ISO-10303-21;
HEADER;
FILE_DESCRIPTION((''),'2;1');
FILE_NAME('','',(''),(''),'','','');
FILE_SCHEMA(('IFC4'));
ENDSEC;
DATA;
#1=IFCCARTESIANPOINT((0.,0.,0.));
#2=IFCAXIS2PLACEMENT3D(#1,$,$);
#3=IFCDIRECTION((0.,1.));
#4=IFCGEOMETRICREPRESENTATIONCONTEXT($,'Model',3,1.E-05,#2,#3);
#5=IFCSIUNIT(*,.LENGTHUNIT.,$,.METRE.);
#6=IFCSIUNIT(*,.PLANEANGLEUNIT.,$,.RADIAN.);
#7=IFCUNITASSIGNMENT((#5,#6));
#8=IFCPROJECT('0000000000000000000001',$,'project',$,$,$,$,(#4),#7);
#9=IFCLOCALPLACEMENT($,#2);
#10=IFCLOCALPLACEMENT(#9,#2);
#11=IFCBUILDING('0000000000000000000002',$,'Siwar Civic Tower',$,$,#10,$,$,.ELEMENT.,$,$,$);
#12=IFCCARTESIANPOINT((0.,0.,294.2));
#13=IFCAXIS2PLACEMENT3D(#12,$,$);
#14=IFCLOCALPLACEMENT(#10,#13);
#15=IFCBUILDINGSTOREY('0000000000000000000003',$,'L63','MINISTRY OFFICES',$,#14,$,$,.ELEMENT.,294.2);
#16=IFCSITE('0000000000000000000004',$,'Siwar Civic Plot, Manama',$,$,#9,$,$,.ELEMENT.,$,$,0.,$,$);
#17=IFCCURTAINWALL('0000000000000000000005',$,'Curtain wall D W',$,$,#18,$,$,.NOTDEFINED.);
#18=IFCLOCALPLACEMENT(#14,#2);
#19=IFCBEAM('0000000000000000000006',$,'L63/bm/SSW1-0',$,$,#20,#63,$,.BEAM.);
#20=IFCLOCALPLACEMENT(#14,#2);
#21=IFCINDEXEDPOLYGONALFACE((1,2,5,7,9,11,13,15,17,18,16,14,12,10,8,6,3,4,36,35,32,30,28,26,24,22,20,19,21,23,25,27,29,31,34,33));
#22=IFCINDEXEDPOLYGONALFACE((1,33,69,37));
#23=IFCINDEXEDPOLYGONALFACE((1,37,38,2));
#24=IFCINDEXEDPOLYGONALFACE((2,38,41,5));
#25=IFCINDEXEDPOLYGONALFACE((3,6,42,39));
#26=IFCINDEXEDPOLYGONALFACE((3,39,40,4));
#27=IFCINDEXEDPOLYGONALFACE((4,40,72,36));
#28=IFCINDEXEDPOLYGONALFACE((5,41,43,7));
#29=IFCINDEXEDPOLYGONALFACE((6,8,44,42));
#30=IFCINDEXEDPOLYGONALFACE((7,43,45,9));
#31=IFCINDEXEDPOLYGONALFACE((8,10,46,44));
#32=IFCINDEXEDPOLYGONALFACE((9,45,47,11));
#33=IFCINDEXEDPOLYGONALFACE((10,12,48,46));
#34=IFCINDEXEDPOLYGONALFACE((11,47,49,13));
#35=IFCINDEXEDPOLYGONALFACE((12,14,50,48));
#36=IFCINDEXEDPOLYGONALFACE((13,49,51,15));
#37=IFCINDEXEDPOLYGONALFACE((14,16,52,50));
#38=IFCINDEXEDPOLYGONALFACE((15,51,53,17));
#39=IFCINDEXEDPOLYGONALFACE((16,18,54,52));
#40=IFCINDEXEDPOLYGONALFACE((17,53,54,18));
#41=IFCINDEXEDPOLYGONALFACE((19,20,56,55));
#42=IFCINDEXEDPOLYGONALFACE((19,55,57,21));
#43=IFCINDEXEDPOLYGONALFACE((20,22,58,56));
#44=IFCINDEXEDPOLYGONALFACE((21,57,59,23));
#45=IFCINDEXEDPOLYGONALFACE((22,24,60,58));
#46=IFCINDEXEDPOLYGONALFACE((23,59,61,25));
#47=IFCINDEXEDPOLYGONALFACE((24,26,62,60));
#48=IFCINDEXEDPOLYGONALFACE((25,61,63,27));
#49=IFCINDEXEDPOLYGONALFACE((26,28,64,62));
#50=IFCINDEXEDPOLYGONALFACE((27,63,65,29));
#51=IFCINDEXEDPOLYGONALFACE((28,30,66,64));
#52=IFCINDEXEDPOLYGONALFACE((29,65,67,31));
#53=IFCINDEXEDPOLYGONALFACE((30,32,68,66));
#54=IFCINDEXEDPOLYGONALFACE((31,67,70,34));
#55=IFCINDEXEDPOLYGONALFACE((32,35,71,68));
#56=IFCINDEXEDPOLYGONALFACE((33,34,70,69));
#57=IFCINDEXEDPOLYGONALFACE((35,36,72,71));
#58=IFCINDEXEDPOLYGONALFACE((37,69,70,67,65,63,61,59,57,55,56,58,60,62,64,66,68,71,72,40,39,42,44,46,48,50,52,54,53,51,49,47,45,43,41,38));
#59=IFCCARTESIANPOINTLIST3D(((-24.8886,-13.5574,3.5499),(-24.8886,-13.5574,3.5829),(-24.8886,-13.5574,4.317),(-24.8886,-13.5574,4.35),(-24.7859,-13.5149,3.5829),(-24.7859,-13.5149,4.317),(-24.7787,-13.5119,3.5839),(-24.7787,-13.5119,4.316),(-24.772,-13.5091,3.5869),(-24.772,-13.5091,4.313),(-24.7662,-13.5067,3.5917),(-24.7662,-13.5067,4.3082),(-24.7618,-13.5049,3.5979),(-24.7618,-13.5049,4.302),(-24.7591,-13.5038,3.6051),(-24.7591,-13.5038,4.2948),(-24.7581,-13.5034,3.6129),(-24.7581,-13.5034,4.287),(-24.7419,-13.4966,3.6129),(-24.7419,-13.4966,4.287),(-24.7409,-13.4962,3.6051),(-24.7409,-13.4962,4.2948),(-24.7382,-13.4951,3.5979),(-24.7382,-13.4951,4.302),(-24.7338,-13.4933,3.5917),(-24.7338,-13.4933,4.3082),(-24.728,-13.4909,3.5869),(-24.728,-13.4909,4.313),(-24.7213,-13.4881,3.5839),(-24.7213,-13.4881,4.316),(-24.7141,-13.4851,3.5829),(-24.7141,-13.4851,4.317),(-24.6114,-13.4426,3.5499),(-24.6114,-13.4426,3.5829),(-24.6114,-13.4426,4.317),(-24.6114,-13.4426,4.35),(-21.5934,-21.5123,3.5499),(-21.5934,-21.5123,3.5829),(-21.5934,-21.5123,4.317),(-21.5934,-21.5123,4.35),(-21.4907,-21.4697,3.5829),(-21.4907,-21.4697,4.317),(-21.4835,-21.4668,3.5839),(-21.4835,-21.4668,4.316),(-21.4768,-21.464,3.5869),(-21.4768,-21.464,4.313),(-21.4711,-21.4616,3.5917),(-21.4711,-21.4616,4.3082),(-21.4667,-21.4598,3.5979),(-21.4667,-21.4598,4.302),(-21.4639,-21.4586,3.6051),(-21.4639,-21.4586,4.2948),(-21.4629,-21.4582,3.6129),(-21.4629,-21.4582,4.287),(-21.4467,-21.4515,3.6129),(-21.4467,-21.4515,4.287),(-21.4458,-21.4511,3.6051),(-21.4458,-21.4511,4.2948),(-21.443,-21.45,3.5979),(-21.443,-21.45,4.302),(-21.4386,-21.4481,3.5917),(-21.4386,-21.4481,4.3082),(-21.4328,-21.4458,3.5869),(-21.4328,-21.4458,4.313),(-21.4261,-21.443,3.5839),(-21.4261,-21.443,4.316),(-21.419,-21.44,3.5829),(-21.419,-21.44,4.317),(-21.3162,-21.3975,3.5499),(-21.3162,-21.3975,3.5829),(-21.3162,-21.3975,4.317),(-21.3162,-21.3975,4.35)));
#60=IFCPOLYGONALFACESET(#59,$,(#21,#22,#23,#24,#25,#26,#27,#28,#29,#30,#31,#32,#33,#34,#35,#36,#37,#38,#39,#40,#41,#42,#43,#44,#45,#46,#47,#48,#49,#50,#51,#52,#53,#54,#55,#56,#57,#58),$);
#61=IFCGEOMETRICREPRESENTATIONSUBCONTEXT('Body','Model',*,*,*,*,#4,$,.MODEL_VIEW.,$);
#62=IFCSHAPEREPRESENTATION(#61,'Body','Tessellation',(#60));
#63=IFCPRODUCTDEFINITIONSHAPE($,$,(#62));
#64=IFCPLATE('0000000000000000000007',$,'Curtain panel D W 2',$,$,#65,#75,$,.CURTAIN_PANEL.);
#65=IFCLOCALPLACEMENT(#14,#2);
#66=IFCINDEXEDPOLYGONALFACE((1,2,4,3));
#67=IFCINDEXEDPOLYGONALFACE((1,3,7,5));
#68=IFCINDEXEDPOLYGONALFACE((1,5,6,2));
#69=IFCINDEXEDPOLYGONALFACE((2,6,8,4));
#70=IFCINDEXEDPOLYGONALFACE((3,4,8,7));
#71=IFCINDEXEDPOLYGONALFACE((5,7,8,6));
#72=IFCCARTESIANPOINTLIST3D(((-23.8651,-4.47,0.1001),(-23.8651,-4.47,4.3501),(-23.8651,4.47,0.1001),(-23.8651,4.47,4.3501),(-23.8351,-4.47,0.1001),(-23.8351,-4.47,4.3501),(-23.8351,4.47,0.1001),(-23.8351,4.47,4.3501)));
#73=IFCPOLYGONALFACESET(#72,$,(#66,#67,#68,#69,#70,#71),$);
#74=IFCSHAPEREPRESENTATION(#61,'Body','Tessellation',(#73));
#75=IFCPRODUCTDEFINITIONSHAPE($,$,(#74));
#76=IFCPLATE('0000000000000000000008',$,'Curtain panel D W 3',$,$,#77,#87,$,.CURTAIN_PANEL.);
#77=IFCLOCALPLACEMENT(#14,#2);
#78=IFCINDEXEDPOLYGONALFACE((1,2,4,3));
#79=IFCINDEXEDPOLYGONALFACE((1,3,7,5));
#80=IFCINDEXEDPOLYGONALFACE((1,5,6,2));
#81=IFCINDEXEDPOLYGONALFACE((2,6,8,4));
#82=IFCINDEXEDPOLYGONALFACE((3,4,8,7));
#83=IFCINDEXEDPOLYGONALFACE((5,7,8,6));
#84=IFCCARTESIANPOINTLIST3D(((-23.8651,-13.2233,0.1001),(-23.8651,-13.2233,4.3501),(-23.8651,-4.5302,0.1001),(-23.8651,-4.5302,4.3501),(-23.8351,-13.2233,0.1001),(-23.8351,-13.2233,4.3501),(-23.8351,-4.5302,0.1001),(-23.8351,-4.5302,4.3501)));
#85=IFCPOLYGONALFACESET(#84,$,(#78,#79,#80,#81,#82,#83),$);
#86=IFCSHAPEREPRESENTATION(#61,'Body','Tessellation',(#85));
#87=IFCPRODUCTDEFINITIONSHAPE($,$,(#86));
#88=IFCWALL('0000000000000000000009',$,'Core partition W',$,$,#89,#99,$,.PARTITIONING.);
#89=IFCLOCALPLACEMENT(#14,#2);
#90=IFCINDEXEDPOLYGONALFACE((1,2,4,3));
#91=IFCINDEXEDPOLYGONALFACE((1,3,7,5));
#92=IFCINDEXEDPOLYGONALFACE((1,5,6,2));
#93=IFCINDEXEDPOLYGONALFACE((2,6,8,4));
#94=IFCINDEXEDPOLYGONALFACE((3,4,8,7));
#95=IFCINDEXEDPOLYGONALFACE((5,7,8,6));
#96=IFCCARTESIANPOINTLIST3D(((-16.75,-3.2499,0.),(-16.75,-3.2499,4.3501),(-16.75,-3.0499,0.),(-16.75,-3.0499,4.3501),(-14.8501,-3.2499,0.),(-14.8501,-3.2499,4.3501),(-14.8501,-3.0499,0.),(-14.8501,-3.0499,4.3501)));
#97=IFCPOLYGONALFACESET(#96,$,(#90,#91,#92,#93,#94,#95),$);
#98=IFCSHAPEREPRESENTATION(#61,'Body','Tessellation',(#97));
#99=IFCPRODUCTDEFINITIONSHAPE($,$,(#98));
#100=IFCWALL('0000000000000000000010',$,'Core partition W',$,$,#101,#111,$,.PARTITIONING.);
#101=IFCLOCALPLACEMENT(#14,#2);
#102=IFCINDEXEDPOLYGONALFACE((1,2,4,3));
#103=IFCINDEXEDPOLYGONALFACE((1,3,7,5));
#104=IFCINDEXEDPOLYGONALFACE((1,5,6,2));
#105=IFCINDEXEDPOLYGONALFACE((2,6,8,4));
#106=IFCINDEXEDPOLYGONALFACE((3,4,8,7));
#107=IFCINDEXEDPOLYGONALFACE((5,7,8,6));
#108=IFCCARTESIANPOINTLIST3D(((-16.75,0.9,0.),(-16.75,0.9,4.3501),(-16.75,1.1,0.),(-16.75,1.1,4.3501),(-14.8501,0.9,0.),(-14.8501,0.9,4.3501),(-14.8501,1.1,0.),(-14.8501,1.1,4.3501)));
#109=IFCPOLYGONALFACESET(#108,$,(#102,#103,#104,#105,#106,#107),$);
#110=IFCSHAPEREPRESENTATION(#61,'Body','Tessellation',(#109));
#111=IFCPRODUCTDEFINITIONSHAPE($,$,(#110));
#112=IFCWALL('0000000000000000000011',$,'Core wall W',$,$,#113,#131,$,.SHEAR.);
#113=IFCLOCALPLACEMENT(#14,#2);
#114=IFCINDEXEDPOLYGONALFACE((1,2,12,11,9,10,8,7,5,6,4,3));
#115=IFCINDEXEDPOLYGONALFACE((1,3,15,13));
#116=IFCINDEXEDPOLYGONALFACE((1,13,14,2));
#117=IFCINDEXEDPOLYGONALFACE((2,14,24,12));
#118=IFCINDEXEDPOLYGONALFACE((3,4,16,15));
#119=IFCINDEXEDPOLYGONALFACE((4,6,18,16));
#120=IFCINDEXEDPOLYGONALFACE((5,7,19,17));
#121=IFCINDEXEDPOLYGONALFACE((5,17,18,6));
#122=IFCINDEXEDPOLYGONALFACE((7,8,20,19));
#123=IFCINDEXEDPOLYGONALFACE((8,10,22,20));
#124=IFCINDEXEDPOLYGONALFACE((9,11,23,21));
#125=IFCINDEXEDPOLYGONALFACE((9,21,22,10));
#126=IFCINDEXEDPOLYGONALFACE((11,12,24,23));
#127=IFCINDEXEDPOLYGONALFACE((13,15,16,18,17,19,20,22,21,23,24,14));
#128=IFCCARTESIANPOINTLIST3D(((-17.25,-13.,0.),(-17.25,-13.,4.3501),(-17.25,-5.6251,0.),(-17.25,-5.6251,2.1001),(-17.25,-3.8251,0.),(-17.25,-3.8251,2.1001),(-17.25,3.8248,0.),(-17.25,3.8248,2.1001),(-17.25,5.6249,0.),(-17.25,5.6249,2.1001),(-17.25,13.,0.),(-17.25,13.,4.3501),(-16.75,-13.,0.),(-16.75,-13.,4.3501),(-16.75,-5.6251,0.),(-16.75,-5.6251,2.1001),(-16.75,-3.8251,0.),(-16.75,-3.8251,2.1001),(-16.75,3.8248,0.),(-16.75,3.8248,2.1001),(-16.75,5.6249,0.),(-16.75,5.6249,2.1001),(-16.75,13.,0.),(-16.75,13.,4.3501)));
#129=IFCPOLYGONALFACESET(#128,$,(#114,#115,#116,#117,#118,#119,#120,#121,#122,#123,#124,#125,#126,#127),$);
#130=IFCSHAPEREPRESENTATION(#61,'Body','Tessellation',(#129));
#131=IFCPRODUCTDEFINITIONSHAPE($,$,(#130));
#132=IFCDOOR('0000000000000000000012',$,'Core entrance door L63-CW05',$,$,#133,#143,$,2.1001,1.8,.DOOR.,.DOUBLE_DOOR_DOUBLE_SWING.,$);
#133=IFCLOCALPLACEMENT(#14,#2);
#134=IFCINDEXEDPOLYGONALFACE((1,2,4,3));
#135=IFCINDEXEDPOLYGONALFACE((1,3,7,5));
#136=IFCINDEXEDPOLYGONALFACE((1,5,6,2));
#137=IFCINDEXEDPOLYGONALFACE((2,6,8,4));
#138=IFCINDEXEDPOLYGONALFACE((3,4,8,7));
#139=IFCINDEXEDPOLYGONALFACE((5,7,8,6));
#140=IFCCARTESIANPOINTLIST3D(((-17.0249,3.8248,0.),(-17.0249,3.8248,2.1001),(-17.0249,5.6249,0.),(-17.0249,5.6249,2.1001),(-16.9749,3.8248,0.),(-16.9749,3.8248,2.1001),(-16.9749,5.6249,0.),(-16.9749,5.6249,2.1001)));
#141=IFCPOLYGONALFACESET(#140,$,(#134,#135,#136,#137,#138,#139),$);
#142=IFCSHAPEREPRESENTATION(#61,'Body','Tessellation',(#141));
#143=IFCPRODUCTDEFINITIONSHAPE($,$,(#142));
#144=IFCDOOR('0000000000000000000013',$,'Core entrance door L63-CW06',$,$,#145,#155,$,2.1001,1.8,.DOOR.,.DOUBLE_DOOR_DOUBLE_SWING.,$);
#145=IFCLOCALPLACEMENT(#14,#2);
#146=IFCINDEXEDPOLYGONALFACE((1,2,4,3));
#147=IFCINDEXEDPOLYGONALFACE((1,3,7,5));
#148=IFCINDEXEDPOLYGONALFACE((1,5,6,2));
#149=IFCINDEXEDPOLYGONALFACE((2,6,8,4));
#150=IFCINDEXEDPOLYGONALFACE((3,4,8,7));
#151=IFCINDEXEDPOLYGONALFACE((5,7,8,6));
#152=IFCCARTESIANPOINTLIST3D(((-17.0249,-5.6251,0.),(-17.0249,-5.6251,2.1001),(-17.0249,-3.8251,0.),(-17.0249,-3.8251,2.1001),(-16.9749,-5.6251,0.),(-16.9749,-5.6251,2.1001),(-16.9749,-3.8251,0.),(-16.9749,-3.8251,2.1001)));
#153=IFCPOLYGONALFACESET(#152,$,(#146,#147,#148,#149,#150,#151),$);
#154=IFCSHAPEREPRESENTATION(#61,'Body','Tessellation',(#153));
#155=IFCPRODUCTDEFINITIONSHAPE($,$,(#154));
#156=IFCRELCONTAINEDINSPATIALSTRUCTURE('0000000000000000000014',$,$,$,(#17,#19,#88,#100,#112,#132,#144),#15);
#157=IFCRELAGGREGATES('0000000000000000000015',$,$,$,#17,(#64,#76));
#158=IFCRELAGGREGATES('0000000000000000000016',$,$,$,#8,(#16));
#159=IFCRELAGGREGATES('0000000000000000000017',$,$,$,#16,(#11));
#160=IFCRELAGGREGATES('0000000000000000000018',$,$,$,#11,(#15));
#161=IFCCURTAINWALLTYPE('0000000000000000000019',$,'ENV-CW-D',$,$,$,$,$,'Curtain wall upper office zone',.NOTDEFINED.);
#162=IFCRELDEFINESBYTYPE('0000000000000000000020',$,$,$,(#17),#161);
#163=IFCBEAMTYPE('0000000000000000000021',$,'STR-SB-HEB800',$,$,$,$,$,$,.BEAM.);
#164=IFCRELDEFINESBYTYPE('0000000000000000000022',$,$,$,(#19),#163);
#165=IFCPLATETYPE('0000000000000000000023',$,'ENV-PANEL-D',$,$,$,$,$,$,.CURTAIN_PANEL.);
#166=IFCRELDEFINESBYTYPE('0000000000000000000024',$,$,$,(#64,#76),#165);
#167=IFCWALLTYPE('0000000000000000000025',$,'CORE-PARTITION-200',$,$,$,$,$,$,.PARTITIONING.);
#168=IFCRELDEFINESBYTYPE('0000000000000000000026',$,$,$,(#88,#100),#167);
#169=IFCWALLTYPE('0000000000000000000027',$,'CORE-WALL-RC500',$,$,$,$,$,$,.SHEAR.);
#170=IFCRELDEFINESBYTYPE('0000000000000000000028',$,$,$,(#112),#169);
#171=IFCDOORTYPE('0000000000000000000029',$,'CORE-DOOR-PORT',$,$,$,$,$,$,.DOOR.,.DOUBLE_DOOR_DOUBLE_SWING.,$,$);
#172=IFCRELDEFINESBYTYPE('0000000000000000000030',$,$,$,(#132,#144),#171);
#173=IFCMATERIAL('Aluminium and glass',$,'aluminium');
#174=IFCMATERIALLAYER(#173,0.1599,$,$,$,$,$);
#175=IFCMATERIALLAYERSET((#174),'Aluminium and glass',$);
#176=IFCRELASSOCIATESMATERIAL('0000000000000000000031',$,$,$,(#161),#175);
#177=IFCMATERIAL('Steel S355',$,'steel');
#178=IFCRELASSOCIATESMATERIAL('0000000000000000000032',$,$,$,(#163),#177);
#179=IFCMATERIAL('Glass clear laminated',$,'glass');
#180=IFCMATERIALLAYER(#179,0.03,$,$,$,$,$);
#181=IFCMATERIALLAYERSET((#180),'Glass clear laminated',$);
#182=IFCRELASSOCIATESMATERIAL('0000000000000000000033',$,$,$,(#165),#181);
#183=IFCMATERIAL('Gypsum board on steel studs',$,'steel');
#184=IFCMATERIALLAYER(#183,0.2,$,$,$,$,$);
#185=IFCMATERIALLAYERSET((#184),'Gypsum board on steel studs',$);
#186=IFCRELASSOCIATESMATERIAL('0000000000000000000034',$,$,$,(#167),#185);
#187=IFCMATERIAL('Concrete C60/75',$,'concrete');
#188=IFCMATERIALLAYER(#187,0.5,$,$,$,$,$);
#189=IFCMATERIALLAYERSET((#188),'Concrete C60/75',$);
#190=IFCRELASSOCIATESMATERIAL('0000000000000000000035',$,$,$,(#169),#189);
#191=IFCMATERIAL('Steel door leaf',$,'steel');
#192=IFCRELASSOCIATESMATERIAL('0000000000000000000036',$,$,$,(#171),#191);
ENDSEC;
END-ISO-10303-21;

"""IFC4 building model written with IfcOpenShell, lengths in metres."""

from ifc_helpers import new_model, si_unit, direction, frame, frame_2d, origin, origin_2d, place, context, subcontext, project, spatial, rectangle, i_section, extrude, material, layer, layer_set, material_profile, profile_set, type_object, element, fill, aggregate, save


model = new_model("IFC4")

# Units and contexts
model_context = context("Model", 3, precision=1e-05, world=origin(), true_north=direction((0.0, 1.0)))
body_context = subcontext(model_context, "Body", "Model", "MODEL_VIEW")
ifc_project = project(units=[si_unit("LENGTHUNIT", "METRE"), si_unit("PLANEANGLEUNIT", "RADIAN")], contexts=[model_context])

# Site, building, storey
site_placement = place(None, origin())
site = spatial("IfcSite", under=ifc_project, at=site_placement, Name="Siwar Civic Plot, Manama", CompositionType="ELEMENT", RefElevation=0.0)
building_placement = place(site_placement, origin())
building = spatial("IfcBuilding", under=site, at=building_placement, Name="Siwar Civic Tower", CompositionType="ELEMENT")
storey_placement = place(building_placement, frame((0.0, 0.0, 294.2)))
storey = spatial("IfcBuildingStorey", under=building, at=storey_placement, Name="L63", Description="MINISTRY OFFICES", CompositionType="ELEMENT", Elevation=294.2)

# Curtain wall
ifc_material_1 = material(Name="Aluminium and glass", Category="aluminium")
ifc_layer_1 = layer(ifc_material_1, 0.1599)
ifc_layer_set_1 = layer_set([ifc_layer_1], Name="Aluminium and glass")
curtain_wall_type_1 = type_object("IfcCurtainWallType", Name="ENV-CW-D", ElementType="Curtain wall upper office zone", PredefinedType="NOTDEFINED", material=ifc_layer_set_1)
curtain_wall_1_placement = place(storey_placement, origin())
curtain_wall_1 = element("IfcCurtainWall", 1, at=curtain_wall_1_placement, inside=storey, type_object=curtain_wall_type_1, Name="Curtain wall D W", PredefinedType="NOTDEFINED")

# Beam
ifc_material_2 = material(Name="Steel S355", Category="steel")
ifc_material_profile_1 = material_profile(ifc_material_2, i_section(OverallWidth=0.3, OverallDepth=0.8, WebThickness=0.0176, FlangeThickness=0.033, FilletRadius=0.03, at=origin_2d()), Name="HEB800")
ifc_profile_set_1 = profile_set([ifc_material_profile_1], Name="Steel S355")
beam_type_1 = type_object("IfcBeamType", Name="STR-SB-HEB800", PredefinedType="BEAM", material=ifc_profile_set_1)
beam_1_placement = place(storey_placement, frame((-24.75, -13.5, 3.95), z_axis=(0.3827, -0.923873, 0.0), x_axis=(0.923873, 0.3827, 0.0)))
element("IfcBeam", 2, at=beam_1_placement, inside=storey, type_object=beam_type_1, Name="L63/bm/SSW1-0", PredefinedType="BEAM", context=body_context, shape_type="SweptSolid", body=[
    extrude(i_section(OverallWidth=0.3, OverallDepth=0.8, WebThickness=0.0176, FlangeThickness=0.033, FilletRadius=0.03, at=origin_2d()), origin(), (0.0, 0.0, 1.0), 8.6104),
])

# Plates
ifc_material_3 = material(Name="Glass clear laminated", Category="glass")
ifc_layer_2 = layer(ifc_material_3, 0.03)
ifc_layer_set_2 = layer_set([ifc_layer_2], Name="Glass clear laminated")
plate_type = type_object("IfcPlateType", Name="ENV-PANEL-D", PredefinedType="CURTAIN_PANEL", material=ifc_layer_set_2)
plate_1_placement = place(storey_placement, frame((-23.8501, 0.0, 0.1001), z_axis=(0.0, 0.0, 1.0), x_axis=(0.0, -1.0, 0.0)))
plate_1 = element("IfcPlate", 3, at=plate_1_placement, type_object=plate_type, Name="Curtain panel D W 2", PredefinedType="CURTAIN_PANEL", context=body_context, shape_type="SweptSolid", body=[
    extrude(rectangle(XDim=8.9399, YDim=0.03, at=origin_2d()), origin(), (0.0, 0.0, 1.0), 4.25),
])
plate_2_placement = place(storey_placement, frame((-23.8501, -8.8767, 0.1001), z_axis=(0.0, 0.0, 1.0), x_axis=(0.0, -1.0, 0.0)))
plate_2 = element("IfcPlate", 4, at=plate_2_placement, type_object=plate_type, Name="Curtain panel D W 3", PredefinedType="CURTAIN_PANEL", context=body_context, shape_type="SweptSolid", body=[
    extrude(rectangle(XDim=8.6931, YDim=0.03, at=origin_2d()), origin(), (0.0, 0.0, 1.0), 4.25),
])
aggregate(curtain_wall_1, [plate_1, plate_2])

# Walls
ifc_material_4 = material(Name="Gypsum board on steel studs", Category="steel")
ifc_layer_3 = layer(ifc_material_4, 0.2)
ifc_layer_set_3 = layer_set([ifc_layer_3], Name="Gypsum board on steel studs")
wall_type_1 = type_object("IfcWallType", Name="CORE-PARTITION-200", PredefinedType="PARTITIONING", material=ifc_layer_set_3)
for number, where, z_axis, x_axis, name in (
    (5, (-14.8501, -3.1499, 0.0), (0.0, 0.0, 1.0), (-1.0, 0.0, 0.0), "Core partition W"),
    (6, (-14.8501, 1.0, 0.0), (0.0, 0.0, 1.0), (-1.0, 0.0, 0.0), "Core partition W"),
):
    element("IfcWall", number, at=place(storey_placement, frame(where, z_axis=z_axis, x_axis=x_axis)), inside=storey, type_object=wall_type_1, Name=name, PredefinedType="PARTITIONING", context=body_context, shape_type="SweptSolid", body=[
        extrude(rectangle(XDim=1.8999, YDim=0.2, at=frame_2d((0.95, 0.0))), origin(), (0.0, 0.0, 1.0), 4.3501),
    ])

# Wall, openings, doors
ifc_material_5 = material(Name="Concrete C60/75", Category="concrete")
ifc_layer_4 = layer(ifc_material_5, 0.5)
ifc_layer_set_4 = layer_set([ifc_layer_4], Name="Concrete C60/75")
wall_type_2 = type_object("IfcWallType", Name="CORE-WALL-RC500", PredefinedType="SHEAR", material=ifc_layer_set_4)
wall_placement = place(storey_placement, frame((-17.0, -13.0, 0.0), z_axis=(0.0, 0.0, 1.0), x_axis=(0.0, 1.0, 0.0)))
wall = element("IfcWall", 7, at=wall_placement, inside=storey, type_object=wall_type_2, Name="Core wall W", PredefinedType="SHEAR", context=body_context, shape_type="SweptSolid", body=[
    extrude(rectangle(XDim=26.0, YDim=0.5, at=frame_2d((13.0, 0.0))), origin(), (0.0, 0.0, 1.0), 4.3501),
])
opening_1_placement = place(wall_placement, frame((16.825, 0.0, 0.0)))
opening_1 = element("IfcOpeningElement", 8, at=opening_1_placement, cuts=wall, PredefinedType="OPENING", context=body_context, shape_type="SweptSolid", body=[
    extrude(rectangle(XDim=1.8, YDim=2.1001, at=frame_2d((0.8999, 1.05))), frame((0.0, 0.26, 0.0), z_axis=(0.0, -1.0, 0.0), x_axis=(1.0, 0.0, 0.0)), (0.0, 0.0, 1.0), 0.52),
])
opening_2_placement = place(wall_placement, frame((7.375, 0.0, 0.0)))
opening_2 = element("IfcOpeningElement", 9, at=opening_2_placement, cuts=wall, PredefinedType="OPENING", context=body_context, shape_type="SweptSolid", body=[
    extrude(rectangle(XDim=1.8, YDim=2.1001, at=frame_2d((0.8999, 1.05))), frame((0.0, 0.26, 0.0), z_axis=(0.0, -1.0, 0.0), x_axis=(1.0, 0.0, 0.0)), (0.0, 0.0, 1.0), 0.52),
])
ifc_material_6 = material(Name="Steel door leaf", Category="steel")
door_type = type_object("IfcDoorType", Name="CORE-DOOR-PORT", OperationType="DOUBLE_DOOR_DOUBLE_SWING", PredefinedType="DOOR", material=ifc_material_6)
door_1_placement = place(opening_1_placement, origin())
door_1 = element("IfcDoor", 10, at=door_1_placement, inside=storey, type_object=door_type, Name="Core entrance door L63-CW05", OperationType="DOUBLE_DOOR_DOUBLE_SWING", OverallHeight=2.1001, OverallWidth=1.8, PredefinedType="DOOR", context=body_context, shape_type="SweptSolid", body=[
    extrude(rectangle(XDim=1.8, YDim=2.1001, at=frame_2d((0.8999, 1.05))), frame((0.0, 0.0249, 0.0), z_axis=(0.0, -1.0, 0.0), x_axis=(1.0, 0.0, 0.0)), (0.0, 0.0, 1.0), 0.05),
])
fill(opening_1, door_1)
door_2_placement = place(opening_2_placement, origin())
door_2 = element("IfcDoor", 11, at=door_2_placement, inside=storey, type_object=door_type, Name="Core entrance door L63-CW06", OperationType="DOUBLE_DOOR_DOUBLE_SWING", OverallHeight=2.1001, OverallWidth=1.8, PredefinedType="DOOR", context=body_context, shape_type="SweptSolid", body=[
    extrude(rectangle(XDim=1.8, YDim=2.1001, at=frame_2d((0.8999, 1.05))), frame((0.0, 0.0249, 0.0), z_axis=(0.0, -1.0, 0.0), x_axis=(1.0, 0.0, 0.0)), (0.0, 0.0, 1.0), 0.05),
])
fill(opening_2, door_2)

save(model, "model.ifc")
